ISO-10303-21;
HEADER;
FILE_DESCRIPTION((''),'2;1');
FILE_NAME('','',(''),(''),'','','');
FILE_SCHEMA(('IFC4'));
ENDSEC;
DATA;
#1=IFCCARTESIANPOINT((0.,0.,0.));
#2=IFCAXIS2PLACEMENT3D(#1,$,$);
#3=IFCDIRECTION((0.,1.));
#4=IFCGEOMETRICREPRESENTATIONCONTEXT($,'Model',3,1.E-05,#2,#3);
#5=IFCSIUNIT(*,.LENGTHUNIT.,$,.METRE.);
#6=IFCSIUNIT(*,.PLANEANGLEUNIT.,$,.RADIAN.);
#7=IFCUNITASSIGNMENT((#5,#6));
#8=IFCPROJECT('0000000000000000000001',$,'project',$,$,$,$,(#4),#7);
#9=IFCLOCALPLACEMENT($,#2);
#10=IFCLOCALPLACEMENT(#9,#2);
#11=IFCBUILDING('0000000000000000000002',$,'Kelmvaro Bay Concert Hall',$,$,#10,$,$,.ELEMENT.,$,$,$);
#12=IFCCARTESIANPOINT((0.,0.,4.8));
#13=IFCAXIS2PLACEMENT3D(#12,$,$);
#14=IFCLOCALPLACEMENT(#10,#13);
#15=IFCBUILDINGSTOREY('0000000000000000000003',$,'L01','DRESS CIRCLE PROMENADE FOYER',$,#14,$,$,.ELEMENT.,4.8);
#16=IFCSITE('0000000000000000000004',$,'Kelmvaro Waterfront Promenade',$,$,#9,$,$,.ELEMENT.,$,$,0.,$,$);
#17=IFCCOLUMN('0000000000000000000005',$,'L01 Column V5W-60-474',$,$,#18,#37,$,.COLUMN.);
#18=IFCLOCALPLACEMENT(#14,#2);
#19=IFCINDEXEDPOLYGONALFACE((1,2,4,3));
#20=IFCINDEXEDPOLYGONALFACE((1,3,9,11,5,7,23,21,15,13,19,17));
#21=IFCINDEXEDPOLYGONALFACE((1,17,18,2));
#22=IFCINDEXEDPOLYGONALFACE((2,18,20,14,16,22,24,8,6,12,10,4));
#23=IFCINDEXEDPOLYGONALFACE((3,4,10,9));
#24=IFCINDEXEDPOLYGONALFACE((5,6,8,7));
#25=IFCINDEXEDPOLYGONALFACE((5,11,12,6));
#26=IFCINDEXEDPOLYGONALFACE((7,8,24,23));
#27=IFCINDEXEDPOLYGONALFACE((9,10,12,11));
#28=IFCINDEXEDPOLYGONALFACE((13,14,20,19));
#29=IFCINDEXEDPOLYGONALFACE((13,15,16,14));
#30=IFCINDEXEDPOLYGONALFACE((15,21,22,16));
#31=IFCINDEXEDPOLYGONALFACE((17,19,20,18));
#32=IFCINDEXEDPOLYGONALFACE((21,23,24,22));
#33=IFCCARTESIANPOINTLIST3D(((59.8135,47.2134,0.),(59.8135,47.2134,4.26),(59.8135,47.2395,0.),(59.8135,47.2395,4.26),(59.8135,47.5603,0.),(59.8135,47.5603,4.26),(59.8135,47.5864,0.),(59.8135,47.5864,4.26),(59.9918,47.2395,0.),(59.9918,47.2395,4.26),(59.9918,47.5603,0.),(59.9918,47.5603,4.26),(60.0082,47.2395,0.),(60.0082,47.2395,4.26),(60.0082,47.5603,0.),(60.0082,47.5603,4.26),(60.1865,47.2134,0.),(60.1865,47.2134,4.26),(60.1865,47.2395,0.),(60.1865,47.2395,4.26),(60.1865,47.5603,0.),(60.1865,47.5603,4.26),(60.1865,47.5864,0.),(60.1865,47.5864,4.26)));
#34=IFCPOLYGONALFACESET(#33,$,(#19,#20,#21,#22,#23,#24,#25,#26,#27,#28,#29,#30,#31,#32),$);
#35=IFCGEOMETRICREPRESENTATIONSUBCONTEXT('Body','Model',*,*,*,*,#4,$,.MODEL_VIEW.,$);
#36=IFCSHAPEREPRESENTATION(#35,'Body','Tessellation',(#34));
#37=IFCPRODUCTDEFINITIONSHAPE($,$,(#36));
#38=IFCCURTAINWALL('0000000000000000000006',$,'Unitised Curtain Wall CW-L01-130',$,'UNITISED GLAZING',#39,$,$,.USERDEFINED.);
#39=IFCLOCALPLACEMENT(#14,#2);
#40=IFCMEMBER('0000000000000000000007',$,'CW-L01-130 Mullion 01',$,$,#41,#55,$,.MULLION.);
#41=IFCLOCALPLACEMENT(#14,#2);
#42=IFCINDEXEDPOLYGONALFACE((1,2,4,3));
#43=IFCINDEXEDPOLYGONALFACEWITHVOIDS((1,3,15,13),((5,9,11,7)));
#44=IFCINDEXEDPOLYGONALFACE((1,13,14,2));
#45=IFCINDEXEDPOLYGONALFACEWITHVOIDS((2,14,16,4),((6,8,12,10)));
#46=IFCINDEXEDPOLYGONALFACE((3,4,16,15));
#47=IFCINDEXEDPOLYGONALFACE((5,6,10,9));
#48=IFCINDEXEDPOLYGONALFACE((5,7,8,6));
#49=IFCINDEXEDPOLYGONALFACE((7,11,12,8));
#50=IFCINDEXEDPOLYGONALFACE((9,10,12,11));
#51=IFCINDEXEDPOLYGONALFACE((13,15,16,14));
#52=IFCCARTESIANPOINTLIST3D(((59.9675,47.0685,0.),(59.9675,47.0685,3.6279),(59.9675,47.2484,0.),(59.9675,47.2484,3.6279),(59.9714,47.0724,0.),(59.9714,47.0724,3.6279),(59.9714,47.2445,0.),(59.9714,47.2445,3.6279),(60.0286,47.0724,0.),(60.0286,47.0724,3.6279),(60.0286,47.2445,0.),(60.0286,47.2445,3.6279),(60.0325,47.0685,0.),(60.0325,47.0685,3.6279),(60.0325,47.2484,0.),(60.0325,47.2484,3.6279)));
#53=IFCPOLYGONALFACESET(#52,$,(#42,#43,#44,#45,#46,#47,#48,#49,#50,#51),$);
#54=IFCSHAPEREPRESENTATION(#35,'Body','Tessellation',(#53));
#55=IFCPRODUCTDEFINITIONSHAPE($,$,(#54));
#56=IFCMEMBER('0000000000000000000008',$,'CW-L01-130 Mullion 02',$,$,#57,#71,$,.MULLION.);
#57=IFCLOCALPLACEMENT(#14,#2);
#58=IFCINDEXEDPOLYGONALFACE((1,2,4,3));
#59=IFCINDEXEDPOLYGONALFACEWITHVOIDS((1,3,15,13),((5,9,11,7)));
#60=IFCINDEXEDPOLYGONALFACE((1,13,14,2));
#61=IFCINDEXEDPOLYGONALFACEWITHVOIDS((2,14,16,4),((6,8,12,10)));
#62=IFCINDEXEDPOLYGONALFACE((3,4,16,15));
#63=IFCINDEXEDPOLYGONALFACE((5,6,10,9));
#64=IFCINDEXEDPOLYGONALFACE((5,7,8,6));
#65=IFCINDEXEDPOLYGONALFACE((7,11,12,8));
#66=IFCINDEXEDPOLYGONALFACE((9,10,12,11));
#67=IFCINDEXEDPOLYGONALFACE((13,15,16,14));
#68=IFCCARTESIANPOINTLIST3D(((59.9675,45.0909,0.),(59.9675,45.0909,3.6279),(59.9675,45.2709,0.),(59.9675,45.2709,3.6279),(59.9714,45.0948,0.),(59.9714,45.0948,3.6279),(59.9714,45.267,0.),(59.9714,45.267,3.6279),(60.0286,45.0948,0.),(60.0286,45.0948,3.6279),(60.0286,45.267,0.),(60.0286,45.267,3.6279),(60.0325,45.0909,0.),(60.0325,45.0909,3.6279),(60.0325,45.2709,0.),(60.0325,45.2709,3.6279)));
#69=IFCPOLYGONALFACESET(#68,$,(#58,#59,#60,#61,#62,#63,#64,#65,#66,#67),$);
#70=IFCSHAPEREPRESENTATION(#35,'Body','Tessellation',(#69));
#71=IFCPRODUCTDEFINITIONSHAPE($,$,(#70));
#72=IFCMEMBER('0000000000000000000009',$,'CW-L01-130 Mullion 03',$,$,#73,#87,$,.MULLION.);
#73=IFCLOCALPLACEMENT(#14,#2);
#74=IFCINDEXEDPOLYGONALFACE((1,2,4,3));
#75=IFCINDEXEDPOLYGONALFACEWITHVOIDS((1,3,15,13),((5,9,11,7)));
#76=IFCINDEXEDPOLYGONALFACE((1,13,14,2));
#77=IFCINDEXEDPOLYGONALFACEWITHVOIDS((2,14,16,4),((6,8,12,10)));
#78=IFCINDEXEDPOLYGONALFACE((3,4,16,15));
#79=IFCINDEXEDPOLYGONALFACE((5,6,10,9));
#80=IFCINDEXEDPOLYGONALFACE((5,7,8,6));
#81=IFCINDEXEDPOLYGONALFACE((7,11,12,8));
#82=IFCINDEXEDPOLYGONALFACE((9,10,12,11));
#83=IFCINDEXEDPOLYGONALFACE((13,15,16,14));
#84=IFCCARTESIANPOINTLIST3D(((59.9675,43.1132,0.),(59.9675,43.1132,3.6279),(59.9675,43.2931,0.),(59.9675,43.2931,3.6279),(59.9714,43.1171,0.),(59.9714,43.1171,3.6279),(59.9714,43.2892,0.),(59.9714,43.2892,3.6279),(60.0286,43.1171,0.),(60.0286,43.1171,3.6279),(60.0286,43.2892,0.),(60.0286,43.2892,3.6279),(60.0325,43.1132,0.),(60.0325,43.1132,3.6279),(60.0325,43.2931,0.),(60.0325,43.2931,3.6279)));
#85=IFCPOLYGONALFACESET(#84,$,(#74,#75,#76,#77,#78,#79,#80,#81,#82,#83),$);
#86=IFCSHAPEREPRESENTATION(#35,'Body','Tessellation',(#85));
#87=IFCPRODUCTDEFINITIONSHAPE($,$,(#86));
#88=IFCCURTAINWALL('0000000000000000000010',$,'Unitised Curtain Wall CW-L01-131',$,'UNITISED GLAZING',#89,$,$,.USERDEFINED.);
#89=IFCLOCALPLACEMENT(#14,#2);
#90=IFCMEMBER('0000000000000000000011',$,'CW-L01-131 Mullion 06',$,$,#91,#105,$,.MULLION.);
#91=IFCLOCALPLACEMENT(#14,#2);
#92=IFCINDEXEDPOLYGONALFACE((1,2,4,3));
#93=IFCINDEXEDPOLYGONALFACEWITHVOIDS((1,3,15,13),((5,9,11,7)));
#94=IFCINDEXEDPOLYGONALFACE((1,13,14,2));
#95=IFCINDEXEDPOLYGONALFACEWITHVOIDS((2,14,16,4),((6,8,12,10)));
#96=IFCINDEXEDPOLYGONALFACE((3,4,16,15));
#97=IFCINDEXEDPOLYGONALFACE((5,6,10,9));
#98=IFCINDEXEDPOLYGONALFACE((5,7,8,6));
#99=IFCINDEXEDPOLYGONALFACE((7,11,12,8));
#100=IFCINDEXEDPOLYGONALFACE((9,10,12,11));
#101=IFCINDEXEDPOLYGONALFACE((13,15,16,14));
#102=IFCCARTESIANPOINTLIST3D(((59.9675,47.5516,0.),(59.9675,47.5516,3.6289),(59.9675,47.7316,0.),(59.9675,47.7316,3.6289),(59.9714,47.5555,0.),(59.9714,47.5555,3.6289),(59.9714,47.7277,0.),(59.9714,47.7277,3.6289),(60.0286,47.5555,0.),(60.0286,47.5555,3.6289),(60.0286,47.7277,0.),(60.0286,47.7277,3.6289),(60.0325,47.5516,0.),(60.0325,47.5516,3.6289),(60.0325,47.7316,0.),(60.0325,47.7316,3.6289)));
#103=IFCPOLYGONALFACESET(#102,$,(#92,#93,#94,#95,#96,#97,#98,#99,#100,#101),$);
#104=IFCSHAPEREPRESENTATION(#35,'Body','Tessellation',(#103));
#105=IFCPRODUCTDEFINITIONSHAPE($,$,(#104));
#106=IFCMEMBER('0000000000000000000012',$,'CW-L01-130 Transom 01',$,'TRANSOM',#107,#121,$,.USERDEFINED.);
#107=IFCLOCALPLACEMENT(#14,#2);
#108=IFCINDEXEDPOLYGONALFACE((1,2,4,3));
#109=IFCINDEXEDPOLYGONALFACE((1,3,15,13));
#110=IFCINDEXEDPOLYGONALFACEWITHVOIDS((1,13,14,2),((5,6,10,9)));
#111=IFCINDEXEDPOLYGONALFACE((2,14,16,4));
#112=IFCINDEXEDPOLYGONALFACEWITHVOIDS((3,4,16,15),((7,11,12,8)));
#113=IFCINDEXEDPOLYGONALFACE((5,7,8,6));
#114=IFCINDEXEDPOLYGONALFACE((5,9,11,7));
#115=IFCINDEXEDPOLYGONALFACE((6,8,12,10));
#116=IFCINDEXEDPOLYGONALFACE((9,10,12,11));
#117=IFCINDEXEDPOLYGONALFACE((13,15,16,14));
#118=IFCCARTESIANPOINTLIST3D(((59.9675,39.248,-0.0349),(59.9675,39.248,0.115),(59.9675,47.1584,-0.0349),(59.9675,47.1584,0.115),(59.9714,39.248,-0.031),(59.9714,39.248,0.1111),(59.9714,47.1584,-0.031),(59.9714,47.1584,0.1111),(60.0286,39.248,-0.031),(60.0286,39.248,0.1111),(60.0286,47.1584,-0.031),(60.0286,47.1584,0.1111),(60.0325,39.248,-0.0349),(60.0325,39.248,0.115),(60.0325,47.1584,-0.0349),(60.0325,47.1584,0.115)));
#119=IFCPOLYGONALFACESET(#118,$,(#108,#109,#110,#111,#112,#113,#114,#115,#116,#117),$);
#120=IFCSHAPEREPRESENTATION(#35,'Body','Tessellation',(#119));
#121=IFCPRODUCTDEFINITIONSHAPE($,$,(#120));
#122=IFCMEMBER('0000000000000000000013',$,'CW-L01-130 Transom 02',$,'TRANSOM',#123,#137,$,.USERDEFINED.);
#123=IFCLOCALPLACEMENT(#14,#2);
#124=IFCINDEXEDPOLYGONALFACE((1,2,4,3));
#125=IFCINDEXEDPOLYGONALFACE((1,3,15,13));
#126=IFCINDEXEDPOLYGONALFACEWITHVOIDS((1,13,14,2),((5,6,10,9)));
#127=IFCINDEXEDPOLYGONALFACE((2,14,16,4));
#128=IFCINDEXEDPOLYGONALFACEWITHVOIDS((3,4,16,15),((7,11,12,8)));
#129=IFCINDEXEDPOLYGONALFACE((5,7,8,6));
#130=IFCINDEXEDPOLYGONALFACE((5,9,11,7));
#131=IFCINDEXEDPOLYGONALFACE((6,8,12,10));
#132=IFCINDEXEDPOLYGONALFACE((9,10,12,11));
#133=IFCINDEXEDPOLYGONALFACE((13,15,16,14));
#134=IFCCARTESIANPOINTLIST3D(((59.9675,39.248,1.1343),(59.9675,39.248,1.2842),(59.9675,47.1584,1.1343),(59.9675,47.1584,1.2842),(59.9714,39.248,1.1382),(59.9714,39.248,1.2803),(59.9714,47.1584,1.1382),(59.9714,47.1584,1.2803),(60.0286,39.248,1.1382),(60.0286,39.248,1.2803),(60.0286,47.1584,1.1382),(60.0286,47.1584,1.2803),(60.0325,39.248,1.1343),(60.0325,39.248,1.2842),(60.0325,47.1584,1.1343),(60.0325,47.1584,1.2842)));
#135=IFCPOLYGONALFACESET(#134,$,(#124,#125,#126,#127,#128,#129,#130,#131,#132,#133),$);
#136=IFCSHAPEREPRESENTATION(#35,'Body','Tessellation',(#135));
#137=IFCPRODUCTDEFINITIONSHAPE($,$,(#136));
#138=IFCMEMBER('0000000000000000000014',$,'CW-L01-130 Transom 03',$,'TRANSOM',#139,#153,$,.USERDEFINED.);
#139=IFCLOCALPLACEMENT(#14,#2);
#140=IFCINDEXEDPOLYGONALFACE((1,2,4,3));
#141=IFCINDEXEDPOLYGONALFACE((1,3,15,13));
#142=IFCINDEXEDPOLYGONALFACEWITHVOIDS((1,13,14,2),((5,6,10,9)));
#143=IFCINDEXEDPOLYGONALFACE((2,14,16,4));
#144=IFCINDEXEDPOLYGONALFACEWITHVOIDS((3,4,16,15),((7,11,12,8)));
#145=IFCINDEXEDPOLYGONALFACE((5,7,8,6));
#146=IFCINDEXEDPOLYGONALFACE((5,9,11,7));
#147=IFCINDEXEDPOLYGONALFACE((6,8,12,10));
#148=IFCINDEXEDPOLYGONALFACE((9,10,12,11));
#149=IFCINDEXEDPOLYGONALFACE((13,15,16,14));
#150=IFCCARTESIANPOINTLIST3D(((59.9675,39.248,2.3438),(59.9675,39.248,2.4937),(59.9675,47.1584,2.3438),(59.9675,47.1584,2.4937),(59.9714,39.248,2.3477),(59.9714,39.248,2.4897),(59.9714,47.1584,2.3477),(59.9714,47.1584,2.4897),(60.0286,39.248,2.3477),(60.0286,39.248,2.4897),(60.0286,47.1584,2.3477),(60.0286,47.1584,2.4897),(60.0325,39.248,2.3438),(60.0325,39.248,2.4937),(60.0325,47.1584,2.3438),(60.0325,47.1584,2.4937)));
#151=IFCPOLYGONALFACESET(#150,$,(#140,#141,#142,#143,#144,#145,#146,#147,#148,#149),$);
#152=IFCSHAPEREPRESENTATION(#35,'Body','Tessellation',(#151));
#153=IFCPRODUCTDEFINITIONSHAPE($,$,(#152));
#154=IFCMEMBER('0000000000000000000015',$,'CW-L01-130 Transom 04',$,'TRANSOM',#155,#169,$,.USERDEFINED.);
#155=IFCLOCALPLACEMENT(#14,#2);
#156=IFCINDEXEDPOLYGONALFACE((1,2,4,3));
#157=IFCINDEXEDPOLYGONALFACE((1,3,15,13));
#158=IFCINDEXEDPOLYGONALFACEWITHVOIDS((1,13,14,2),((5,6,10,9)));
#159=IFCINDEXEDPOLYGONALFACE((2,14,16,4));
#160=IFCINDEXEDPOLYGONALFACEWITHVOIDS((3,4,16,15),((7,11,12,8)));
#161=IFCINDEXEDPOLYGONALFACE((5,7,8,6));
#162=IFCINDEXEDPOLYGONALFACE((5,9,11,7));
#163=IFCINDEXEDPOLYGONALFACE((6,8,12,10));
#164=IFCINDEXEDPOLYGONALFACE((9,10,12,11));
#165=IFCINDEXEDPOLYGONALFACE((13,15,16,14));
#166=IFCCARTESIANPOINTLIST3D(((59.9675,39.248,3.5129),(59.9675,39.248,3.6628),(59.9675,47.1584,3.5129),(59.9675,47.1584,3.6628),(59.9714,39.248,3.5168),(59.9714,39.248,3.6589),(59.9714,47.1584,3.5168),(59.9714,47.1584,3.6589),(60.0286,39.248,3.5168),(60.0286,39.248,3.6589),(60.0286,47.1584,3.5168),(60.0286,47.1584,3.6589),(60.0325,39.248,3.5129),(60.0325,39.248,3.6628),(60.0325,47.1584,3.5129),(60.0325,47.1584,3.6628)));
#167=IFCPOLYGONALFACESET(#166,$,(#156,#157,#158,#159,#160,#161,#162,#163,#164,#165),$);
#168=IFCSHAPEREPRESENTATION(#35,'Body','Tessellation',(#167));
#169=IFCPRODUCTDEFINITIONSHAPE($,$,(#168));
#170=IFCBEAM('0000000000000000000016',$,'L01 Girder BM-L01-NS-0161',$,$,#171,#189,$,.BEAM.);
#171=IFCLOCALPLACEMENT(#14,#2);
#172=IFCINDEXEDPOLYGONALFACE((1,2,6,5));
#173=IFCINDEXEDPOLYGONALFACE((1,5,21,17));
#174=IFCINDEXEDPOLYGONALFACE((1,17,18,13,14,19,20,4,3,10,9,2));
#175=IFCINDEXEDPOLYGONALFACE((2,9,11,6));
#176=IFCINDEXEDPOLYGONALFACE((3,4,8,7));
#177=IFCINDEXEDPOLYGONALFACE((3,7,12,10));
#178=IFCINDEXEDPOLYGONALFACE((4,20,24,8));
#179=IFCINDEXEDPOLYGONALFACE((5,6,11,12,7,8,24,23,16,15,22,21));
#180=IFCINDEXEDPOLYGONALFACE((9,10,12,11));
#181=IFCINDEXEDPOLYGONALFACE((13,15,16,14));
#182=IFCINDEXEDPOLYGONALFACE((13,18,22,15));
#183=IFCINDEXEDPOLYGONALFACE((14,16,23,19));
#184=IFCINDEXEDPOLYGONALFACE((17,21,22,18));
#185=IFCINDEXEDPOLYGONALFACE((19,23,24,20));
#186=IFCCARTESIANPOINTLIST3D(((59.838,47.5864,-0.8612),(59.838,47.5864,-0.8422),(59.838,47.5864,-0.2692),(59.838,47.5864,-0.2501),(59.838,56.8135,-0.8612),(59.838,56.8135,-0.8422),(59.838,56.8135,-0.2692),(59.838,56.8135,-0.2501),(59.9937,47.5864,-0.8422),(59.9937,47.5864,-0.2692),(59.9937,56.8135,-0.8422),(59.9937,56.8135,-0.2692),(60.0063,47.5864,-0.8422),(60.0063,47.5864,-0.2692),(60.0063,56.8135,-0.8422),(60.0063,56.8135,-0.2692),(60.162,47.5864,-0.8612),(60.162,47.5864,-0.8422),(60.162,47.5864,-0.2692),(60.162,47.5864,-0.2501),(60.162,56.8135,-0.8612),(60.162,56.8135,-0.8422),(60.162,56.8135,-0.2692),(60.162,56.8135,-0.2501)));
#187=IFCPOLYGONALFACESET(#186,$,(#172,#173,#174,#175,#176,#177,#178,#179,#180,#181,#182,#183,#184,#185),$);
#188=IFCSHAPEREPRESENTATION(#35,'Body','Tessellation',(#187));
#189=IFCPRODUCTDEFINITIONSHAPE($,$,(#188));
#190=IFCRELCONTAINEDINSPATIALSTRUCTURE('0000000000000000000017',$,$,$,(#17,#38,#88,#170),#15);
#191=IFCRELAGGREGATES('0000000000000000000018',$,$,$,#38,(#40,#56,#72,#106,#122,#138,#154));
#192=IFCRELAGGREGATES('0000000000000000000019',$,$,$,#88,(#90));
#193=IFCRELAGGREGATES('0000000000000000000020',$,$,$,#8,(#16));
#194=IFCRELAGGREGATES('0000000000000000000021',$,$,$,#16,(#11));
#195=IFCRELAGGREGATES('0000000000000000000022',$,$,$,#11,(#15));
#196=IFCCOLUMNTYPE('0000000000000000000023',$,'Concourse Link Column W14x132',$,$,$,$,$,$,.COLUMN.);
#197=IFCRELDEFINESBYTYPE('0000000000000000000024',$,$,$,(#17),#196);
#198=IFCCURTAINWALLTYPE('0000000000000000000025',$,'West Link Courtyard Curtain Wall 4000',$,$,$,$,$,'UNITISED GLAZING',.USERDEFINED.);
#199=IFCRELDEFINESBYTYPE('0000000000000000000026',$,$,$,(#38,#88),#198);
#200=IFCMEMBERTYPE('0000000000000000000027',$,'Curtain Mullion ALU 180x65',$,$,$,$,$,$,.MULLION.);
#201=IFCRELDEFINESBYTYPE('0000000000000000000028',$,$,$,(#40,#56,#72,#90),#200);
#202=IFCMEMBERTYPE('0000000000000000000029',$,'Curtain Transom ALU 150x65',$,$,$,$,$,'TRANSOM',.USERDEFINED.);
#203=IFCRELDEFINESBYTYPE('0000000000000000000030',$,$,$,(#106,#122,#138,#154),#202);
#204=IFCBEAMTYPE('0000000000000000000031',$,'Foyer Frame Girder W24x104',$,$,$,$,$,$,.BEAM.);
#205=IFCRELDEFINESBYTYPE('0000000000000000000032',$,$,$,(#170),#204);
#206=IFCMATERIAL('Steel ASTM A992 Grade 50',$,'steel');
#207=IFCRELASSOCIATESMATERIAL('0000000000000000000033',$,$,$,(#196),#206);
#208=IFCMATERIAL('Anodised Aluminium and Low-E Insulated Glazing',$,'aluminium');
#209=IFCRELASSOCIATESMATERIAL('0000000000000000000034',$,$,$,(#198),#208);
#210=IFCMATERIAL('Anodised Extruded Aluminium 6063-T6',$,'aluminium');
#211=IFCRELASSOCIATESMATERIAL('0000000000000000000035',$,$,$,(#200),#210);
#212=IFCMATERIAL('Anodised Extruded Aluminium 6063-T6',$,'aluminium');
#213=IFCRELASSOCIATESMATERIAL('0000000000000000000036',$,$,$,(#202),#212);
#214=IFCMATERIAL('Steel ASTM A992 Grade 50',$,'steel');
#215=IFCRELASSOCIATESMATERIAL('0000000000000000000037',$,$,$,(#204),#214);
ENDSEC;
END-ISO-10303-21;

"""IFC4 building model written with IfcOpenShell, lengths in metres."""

from ifc_helpers import new_model, si_unit, direction, frame, origin, origin_2d, place, context, subcontext, project, spatial, hollow_rectangle, i_section, extrude, material, material_profile, profile_set, type_object, element, aggregate, save


model = new_model("IFC4")

# Units and contexts
model_context = context("Model", 3, precision=1e-05, world=origin(), true_north=direction((0.0, 1.0)))
body_context = subcontext(model_context, "Body", "Model", "MODEL_VIEW")
ifc_project = project(units=[si_unit("LENGTHUNIT", "METRE"), si_unit("PLANEANGLEUNIT", "RADIAN")], contexts=[model_context])

# Site, building, storey
site_placement = place(None, origin())
site = spatial("IfcSite", under=ifc_project, at=site_placement, Name="Kelmvaro Waterfront Promenade", CompositionType="ELEMENT", RefElevation=0.0)
building_placement = place(site_placement, origin())
building = spatial("IfcBuilding", under=site, at=building_placement, Name="Kelmvaro Bay Concert Hall", CompositionType="ELEMENT")
storey_placement = place(building_placement, frame((0.0, 0.0, 4.8)))
storey = spatial("IfcBuildingStorey", under=building, at=storey_placement, Name="L01", Description="DRESS CIRCLE PROMENADE FOYER", CompositionType="ELEMENT", Elevation=4.8)

# Column
ifc_material_1 = material(Name="Steel ASTM A992 Grade 50", Category="steel")
ifc_material_profile_1 = material_profile(ifc_material_1, i_section(OverallWidth=0.373, OverallDepth=0.373, WebThickness=0.0164, FlangeThickness=0.0261, at=origin_2d()), Name="W14X132")
ifc_profile_set_1 = profile_set([ifc_material_profile_1], Name="Steel ASTM A992 Grade 50")
column_type = type_object("IfcColumnType", Name="Concourse Link Column W14x132", PredefinedType="COLUMN", material=ifc_profile_set_1)
column_placement = place(storey_placement, frame((60.0, 47.3999, 0.0), z_axis=(0.0, 0.0, 1.0), x_axis=(1.0, 0.0, 0.0)))
element("IfcColumn", 1, at=column_placement, inside=storey, type_object=column_type, Name="L01 Column V5W-60-474", PredefinedType="COLUMN", context=body_context, shape_type="SweptSolid", body=[
    extrude(i_section(OverallWidth=0.373, OverallDepth=0.373, WebThickness=0.0164, FlangeThickness=0.0261, at=origin_2d()), origin(), (0.0, 0.0, 1.0), 4.26),
])

# Curtain wall, members
ifc_material_2 = material(Name="Anodised Aluminium and Low-E Insulated Glazing", Category="aluminium")
curtain_wall_type = type_object("IfcCurtainWallType", Name="West Link Courtyard Curtain Wall 4000", ElementType="UNITISED GLAZING", PredefinedType="USERDEFINED", material=ifc_material_2)
curtain_wall_1_placement = place(storey_placement, origin())
curtain_wall_1 = element("IfcCurtainWall", 2, at=curtain_wall_1_placement, inside=storey, type_object=curtain_wall_type, Name="Unitised Curtain Wall CW-L01-130", ObjectType="UNITISED GLAZING", PredefinedType="USERDEFINED")
ifc_material_3 = material(Name="Anodised Extruded Aluminium 6063-T6", Category="aluminium")
ifc_material_profile_2 = material_profile(ifc_material_3, hollow_rectangle(XDim=0.0649, YDim=0.1799, WallThickness=0.0039, at=origin_2d()), Name="ALU-MUL-180X65")
ifc_profile_set_2 = profile_set([ifc_material_profile_2], Name="Anodised Extruded Aluminium 6063-T6")
member_type_1 = type_object("IfcMemberType", Name="Curtain Mullion ALU 180x65", PredefinedType="MULLION", material=ifc_profile_set_2)
member_1_placement = place(storey_placement, frame((60.0, 47.1584, 0.0), z_axis=(0.0, 0.0, 1.0), x_axis=(1.0, 0.0, 0.0)))
member_1 = element("IfcMember", 3, at=member_1_placement, type_object=member_type_1, Name="CW-L01-130 Mullion 01", PredefinedType="MULLION", context=body_context, shape_type="SweptSolid", body=[
    extrude(hollow_rectangle(XDim=0.0649, YDim=0.1799, WallThickness=0.0039, at=origin_2d()), origin(), (0.0, 0.0, 1.0), 3.6279),
])
member_2_placement = place(storey_placement, frame((60.0, 45.1809, 0.0), z_axis=(0.0, 0.0, 1.0), x_axis=(1.0, 0.0, 0.0)))
member_2 = element("IfcMember", 4, at=member_2_placement, type_object=member_type_1, Name="CW-L01-130 Mullion 02", PredefinedType="MULLION", context=body_context, shape_type="SweptSolid", body=[
    extrude(hollow_rectangle(XDim=0.0649, YDim=0.1799, WallThickness=0.0039, at=origin_2d()), origin(), (0.0, 0.0, 1.0), 3.6279),
])
member_3_placement = place(storey_placement, frame((60.0, 43.2031, 0.0), z_axis=(0.0, 0.0, 1.0), x_axis=(1.0, 0.0, 0.0)))
member_3 = element("IfcMember", 5, at=member_3_placement, type_object=member_type_1, Name="CW-L01-130 Mullion 03", PredefinedType="MULLION", context=body_context, shape_type="SweptSolid", body=[
    extrude(hollow_rectangle(XDim=0.0649, YDim=0.1799, WallThickness=0.0039, at=origin_2d()), origin(), (0.0, 0.0, 1.0), 3.6279),
])

# Curtain wall, member
curtain_wall_2_placement = place(storey_placement, origin())
curtain_wall_2 = element("IfcCurtainWall", 6, at=curtain_wall_2_placement, inside=storey, type_object=curtain_wall_type, Name="Unitised Curtain Wall CW-L01-131", ObjectType="UNITISED GLAZING", PredefinedType="USERDEFINED")
member_4_placement = place(storey_placement, frame((60.0, 47.6416, 0.0), z_axis=(0.0, 0.0, 1.0), x_axis=(1.0, 0.0, 0.0)))
member_4 = element("IfcMember", 7, at=member_4_placement, type_object=member_type_1, Name="CW-L01-131 Mullion 06", PredefinedType="MULLION", context=body_context, shape_type="SweptSolid", body=[
    extrude(hollow_rectangle(XDim=0.0649, YDim=0.1799, WallThickness=0.0039, at=origin_2d()), origin(), (0.0, 0.0, 1.0), 3.6289),
])

# Members
ifc_material_4 = material(Name="Anodised Extruded Aluminium 6063-T6", Category="aluminium")
ifc_material_profile_3 = material_profile(ifc_material_4, hollow_rectangle(XDim=0.0649, YDim=0.1499, WallThickness=0.0039, at=origin_2d()), Name="ALU-TRN-150X65")
ifc_profile_set_3 = profile_set([ifc_material_profile_3], Name="Anodised Extruded Aluminium 6063-T6")
member_type_2 = type_object("IfcMemberType", Name="Curtain Transom ALU 150x65", ElementType="TRANSOM", PredefinedType="USERDEFINED", material=ifc_profile_set_3)
member_5_placement = place(storey_placement, frame((60.0, 47.1584, 0.04), z_axis=(0.0, -1.0, 0.0), x_axis=(1.0, 0.0, 0.0)))
member_5 = element("IfcMember", 8, at=member_5_placement, type_object=member_type_2, Name="CW-L01-130 Transom 01", ObjectType="TRANSOM", PredefinedType="USERDEFINED", context=body_context, shape_type="SweptSolid", body=[
    extrude(hollow_rectangle(XDim=0.0649, YDim=0.1499, WallThickness=0.0039, at=origin_2d()), origin(), (0.0, 0.0, 1.0), 7.9104),
])
member_6_placement = place(storey_placement, frame((60.0, 47.1584, 1.2092), z_axis=(0.0, -1.0, 0.0), x_axis=(1.0, 0.0, 0.0)))
member_6 = element("IfcMember", 9, at=member_6_placement, type_object=member_type_2, Name="CW-L01-130 Transom 02", ObjectType="TRANSOM", PredefinedType="USERDEFINED", context=body_context, shape_type="SweptSolid", body=[
    extrude(hollow_rectangle(XDim=0.0649, YDim=0.1499, WallThickness=0.0039, at=origin_2d()), origin(), (0.0, 0.0, 1.0), 7.9104),
])
member_7_placement = place(storey_placement, frame((60.0, 47.1584, 2.4187), z_axis=(0.0, -1.0, 0.0), x_axis=(1.0, 0.0, 0.0)))
member_7 = element("IfcMember", 10, at=member_7_placement, type_object=member_type_2, Name="CW-L01-130 Transom 03", ObjectType="TRANSOM", PredefinedType="USERDEFINED", context=body_context, shape_type="SweptSolid", body=[
    extrude(hollow_rectangle(XDim=0.0649, YDim=0.1499, WallThickness=0.0039, at=origin_2d()), origin(), (0.0, 0.0, 1.0), 7.9104),
])
member_8_placement = place(storey_placement, frame((60.0, 47.1584, 3.5879), z_axis=(0.0, -1.0, 0.0), x_axis=(1.0, 0.0, 0.0)))
member_8 = element("IfcMember", 11, at=member_8_placement, type_object=member_type_2, Name="CW-L01-130 Transom 04", ObjectType="TRANSOM", PredefinedType="USERDEFINED", context=body_context, shape_type="SweptSolid", body=[
    extrude(hollow_rectangle(XDim=0.0649, YDim=0.1499, WallThickness=0.0039, at=origin_2d()), origin(), (0.0, 0.0, 1.0), 7.9104),
])

# Beam
ifc_material_5 = material(Name="Steel ASTM A992 Grade 50", Category="steel")
ifc_material_profile_4 = material_profile(ifc_material_5, i_section(OverallWidth=0.324, OverallDepth=0.6111, WebThickness=0.0127, FlangeThickness=0.019, at=origin_2d()), Name="W24X104")
ifc_profile_set_4 = profile_set([ifc_material_profile_4], Name="Steel ASTM A992 Grade 50")
beam_type = type_object("IfcBeamType", Name="Foyer Frame Girder W24x104", PredefinedType="BEAM", material=ifc_profile_set_4)
beam_placement = place(storey_placement, frame((60.0, 47.5864, -0.5557), z_axis=(0.0, 1.0, 0.0), x_axis=(-1.0, 0.0, 0.0)))
element("IfcBeam", 12, at=beam_placement, inside=storey, type_object=beam_type, Name="L01 Girder BM-L01-NS-0161", PredefinedType="BEAM", context=body_context, shape_type="SweptSolid", body=[
    extrude(i_section(OverallWidth=0.324, OverallDepth=0.6111, WebThickness=0.0127, FlangeThickness=0.019, at=origin_2d()), origin(), (0.0, 0.0, 1.0), 9.2271),
])

aggregate(curtain_wall_1, [member_1, member_2, member_3, member_5, member_6, member_7, member_8])
aggregate(curtain_wall_2, [member_4])

save(model, "model.ifc")
